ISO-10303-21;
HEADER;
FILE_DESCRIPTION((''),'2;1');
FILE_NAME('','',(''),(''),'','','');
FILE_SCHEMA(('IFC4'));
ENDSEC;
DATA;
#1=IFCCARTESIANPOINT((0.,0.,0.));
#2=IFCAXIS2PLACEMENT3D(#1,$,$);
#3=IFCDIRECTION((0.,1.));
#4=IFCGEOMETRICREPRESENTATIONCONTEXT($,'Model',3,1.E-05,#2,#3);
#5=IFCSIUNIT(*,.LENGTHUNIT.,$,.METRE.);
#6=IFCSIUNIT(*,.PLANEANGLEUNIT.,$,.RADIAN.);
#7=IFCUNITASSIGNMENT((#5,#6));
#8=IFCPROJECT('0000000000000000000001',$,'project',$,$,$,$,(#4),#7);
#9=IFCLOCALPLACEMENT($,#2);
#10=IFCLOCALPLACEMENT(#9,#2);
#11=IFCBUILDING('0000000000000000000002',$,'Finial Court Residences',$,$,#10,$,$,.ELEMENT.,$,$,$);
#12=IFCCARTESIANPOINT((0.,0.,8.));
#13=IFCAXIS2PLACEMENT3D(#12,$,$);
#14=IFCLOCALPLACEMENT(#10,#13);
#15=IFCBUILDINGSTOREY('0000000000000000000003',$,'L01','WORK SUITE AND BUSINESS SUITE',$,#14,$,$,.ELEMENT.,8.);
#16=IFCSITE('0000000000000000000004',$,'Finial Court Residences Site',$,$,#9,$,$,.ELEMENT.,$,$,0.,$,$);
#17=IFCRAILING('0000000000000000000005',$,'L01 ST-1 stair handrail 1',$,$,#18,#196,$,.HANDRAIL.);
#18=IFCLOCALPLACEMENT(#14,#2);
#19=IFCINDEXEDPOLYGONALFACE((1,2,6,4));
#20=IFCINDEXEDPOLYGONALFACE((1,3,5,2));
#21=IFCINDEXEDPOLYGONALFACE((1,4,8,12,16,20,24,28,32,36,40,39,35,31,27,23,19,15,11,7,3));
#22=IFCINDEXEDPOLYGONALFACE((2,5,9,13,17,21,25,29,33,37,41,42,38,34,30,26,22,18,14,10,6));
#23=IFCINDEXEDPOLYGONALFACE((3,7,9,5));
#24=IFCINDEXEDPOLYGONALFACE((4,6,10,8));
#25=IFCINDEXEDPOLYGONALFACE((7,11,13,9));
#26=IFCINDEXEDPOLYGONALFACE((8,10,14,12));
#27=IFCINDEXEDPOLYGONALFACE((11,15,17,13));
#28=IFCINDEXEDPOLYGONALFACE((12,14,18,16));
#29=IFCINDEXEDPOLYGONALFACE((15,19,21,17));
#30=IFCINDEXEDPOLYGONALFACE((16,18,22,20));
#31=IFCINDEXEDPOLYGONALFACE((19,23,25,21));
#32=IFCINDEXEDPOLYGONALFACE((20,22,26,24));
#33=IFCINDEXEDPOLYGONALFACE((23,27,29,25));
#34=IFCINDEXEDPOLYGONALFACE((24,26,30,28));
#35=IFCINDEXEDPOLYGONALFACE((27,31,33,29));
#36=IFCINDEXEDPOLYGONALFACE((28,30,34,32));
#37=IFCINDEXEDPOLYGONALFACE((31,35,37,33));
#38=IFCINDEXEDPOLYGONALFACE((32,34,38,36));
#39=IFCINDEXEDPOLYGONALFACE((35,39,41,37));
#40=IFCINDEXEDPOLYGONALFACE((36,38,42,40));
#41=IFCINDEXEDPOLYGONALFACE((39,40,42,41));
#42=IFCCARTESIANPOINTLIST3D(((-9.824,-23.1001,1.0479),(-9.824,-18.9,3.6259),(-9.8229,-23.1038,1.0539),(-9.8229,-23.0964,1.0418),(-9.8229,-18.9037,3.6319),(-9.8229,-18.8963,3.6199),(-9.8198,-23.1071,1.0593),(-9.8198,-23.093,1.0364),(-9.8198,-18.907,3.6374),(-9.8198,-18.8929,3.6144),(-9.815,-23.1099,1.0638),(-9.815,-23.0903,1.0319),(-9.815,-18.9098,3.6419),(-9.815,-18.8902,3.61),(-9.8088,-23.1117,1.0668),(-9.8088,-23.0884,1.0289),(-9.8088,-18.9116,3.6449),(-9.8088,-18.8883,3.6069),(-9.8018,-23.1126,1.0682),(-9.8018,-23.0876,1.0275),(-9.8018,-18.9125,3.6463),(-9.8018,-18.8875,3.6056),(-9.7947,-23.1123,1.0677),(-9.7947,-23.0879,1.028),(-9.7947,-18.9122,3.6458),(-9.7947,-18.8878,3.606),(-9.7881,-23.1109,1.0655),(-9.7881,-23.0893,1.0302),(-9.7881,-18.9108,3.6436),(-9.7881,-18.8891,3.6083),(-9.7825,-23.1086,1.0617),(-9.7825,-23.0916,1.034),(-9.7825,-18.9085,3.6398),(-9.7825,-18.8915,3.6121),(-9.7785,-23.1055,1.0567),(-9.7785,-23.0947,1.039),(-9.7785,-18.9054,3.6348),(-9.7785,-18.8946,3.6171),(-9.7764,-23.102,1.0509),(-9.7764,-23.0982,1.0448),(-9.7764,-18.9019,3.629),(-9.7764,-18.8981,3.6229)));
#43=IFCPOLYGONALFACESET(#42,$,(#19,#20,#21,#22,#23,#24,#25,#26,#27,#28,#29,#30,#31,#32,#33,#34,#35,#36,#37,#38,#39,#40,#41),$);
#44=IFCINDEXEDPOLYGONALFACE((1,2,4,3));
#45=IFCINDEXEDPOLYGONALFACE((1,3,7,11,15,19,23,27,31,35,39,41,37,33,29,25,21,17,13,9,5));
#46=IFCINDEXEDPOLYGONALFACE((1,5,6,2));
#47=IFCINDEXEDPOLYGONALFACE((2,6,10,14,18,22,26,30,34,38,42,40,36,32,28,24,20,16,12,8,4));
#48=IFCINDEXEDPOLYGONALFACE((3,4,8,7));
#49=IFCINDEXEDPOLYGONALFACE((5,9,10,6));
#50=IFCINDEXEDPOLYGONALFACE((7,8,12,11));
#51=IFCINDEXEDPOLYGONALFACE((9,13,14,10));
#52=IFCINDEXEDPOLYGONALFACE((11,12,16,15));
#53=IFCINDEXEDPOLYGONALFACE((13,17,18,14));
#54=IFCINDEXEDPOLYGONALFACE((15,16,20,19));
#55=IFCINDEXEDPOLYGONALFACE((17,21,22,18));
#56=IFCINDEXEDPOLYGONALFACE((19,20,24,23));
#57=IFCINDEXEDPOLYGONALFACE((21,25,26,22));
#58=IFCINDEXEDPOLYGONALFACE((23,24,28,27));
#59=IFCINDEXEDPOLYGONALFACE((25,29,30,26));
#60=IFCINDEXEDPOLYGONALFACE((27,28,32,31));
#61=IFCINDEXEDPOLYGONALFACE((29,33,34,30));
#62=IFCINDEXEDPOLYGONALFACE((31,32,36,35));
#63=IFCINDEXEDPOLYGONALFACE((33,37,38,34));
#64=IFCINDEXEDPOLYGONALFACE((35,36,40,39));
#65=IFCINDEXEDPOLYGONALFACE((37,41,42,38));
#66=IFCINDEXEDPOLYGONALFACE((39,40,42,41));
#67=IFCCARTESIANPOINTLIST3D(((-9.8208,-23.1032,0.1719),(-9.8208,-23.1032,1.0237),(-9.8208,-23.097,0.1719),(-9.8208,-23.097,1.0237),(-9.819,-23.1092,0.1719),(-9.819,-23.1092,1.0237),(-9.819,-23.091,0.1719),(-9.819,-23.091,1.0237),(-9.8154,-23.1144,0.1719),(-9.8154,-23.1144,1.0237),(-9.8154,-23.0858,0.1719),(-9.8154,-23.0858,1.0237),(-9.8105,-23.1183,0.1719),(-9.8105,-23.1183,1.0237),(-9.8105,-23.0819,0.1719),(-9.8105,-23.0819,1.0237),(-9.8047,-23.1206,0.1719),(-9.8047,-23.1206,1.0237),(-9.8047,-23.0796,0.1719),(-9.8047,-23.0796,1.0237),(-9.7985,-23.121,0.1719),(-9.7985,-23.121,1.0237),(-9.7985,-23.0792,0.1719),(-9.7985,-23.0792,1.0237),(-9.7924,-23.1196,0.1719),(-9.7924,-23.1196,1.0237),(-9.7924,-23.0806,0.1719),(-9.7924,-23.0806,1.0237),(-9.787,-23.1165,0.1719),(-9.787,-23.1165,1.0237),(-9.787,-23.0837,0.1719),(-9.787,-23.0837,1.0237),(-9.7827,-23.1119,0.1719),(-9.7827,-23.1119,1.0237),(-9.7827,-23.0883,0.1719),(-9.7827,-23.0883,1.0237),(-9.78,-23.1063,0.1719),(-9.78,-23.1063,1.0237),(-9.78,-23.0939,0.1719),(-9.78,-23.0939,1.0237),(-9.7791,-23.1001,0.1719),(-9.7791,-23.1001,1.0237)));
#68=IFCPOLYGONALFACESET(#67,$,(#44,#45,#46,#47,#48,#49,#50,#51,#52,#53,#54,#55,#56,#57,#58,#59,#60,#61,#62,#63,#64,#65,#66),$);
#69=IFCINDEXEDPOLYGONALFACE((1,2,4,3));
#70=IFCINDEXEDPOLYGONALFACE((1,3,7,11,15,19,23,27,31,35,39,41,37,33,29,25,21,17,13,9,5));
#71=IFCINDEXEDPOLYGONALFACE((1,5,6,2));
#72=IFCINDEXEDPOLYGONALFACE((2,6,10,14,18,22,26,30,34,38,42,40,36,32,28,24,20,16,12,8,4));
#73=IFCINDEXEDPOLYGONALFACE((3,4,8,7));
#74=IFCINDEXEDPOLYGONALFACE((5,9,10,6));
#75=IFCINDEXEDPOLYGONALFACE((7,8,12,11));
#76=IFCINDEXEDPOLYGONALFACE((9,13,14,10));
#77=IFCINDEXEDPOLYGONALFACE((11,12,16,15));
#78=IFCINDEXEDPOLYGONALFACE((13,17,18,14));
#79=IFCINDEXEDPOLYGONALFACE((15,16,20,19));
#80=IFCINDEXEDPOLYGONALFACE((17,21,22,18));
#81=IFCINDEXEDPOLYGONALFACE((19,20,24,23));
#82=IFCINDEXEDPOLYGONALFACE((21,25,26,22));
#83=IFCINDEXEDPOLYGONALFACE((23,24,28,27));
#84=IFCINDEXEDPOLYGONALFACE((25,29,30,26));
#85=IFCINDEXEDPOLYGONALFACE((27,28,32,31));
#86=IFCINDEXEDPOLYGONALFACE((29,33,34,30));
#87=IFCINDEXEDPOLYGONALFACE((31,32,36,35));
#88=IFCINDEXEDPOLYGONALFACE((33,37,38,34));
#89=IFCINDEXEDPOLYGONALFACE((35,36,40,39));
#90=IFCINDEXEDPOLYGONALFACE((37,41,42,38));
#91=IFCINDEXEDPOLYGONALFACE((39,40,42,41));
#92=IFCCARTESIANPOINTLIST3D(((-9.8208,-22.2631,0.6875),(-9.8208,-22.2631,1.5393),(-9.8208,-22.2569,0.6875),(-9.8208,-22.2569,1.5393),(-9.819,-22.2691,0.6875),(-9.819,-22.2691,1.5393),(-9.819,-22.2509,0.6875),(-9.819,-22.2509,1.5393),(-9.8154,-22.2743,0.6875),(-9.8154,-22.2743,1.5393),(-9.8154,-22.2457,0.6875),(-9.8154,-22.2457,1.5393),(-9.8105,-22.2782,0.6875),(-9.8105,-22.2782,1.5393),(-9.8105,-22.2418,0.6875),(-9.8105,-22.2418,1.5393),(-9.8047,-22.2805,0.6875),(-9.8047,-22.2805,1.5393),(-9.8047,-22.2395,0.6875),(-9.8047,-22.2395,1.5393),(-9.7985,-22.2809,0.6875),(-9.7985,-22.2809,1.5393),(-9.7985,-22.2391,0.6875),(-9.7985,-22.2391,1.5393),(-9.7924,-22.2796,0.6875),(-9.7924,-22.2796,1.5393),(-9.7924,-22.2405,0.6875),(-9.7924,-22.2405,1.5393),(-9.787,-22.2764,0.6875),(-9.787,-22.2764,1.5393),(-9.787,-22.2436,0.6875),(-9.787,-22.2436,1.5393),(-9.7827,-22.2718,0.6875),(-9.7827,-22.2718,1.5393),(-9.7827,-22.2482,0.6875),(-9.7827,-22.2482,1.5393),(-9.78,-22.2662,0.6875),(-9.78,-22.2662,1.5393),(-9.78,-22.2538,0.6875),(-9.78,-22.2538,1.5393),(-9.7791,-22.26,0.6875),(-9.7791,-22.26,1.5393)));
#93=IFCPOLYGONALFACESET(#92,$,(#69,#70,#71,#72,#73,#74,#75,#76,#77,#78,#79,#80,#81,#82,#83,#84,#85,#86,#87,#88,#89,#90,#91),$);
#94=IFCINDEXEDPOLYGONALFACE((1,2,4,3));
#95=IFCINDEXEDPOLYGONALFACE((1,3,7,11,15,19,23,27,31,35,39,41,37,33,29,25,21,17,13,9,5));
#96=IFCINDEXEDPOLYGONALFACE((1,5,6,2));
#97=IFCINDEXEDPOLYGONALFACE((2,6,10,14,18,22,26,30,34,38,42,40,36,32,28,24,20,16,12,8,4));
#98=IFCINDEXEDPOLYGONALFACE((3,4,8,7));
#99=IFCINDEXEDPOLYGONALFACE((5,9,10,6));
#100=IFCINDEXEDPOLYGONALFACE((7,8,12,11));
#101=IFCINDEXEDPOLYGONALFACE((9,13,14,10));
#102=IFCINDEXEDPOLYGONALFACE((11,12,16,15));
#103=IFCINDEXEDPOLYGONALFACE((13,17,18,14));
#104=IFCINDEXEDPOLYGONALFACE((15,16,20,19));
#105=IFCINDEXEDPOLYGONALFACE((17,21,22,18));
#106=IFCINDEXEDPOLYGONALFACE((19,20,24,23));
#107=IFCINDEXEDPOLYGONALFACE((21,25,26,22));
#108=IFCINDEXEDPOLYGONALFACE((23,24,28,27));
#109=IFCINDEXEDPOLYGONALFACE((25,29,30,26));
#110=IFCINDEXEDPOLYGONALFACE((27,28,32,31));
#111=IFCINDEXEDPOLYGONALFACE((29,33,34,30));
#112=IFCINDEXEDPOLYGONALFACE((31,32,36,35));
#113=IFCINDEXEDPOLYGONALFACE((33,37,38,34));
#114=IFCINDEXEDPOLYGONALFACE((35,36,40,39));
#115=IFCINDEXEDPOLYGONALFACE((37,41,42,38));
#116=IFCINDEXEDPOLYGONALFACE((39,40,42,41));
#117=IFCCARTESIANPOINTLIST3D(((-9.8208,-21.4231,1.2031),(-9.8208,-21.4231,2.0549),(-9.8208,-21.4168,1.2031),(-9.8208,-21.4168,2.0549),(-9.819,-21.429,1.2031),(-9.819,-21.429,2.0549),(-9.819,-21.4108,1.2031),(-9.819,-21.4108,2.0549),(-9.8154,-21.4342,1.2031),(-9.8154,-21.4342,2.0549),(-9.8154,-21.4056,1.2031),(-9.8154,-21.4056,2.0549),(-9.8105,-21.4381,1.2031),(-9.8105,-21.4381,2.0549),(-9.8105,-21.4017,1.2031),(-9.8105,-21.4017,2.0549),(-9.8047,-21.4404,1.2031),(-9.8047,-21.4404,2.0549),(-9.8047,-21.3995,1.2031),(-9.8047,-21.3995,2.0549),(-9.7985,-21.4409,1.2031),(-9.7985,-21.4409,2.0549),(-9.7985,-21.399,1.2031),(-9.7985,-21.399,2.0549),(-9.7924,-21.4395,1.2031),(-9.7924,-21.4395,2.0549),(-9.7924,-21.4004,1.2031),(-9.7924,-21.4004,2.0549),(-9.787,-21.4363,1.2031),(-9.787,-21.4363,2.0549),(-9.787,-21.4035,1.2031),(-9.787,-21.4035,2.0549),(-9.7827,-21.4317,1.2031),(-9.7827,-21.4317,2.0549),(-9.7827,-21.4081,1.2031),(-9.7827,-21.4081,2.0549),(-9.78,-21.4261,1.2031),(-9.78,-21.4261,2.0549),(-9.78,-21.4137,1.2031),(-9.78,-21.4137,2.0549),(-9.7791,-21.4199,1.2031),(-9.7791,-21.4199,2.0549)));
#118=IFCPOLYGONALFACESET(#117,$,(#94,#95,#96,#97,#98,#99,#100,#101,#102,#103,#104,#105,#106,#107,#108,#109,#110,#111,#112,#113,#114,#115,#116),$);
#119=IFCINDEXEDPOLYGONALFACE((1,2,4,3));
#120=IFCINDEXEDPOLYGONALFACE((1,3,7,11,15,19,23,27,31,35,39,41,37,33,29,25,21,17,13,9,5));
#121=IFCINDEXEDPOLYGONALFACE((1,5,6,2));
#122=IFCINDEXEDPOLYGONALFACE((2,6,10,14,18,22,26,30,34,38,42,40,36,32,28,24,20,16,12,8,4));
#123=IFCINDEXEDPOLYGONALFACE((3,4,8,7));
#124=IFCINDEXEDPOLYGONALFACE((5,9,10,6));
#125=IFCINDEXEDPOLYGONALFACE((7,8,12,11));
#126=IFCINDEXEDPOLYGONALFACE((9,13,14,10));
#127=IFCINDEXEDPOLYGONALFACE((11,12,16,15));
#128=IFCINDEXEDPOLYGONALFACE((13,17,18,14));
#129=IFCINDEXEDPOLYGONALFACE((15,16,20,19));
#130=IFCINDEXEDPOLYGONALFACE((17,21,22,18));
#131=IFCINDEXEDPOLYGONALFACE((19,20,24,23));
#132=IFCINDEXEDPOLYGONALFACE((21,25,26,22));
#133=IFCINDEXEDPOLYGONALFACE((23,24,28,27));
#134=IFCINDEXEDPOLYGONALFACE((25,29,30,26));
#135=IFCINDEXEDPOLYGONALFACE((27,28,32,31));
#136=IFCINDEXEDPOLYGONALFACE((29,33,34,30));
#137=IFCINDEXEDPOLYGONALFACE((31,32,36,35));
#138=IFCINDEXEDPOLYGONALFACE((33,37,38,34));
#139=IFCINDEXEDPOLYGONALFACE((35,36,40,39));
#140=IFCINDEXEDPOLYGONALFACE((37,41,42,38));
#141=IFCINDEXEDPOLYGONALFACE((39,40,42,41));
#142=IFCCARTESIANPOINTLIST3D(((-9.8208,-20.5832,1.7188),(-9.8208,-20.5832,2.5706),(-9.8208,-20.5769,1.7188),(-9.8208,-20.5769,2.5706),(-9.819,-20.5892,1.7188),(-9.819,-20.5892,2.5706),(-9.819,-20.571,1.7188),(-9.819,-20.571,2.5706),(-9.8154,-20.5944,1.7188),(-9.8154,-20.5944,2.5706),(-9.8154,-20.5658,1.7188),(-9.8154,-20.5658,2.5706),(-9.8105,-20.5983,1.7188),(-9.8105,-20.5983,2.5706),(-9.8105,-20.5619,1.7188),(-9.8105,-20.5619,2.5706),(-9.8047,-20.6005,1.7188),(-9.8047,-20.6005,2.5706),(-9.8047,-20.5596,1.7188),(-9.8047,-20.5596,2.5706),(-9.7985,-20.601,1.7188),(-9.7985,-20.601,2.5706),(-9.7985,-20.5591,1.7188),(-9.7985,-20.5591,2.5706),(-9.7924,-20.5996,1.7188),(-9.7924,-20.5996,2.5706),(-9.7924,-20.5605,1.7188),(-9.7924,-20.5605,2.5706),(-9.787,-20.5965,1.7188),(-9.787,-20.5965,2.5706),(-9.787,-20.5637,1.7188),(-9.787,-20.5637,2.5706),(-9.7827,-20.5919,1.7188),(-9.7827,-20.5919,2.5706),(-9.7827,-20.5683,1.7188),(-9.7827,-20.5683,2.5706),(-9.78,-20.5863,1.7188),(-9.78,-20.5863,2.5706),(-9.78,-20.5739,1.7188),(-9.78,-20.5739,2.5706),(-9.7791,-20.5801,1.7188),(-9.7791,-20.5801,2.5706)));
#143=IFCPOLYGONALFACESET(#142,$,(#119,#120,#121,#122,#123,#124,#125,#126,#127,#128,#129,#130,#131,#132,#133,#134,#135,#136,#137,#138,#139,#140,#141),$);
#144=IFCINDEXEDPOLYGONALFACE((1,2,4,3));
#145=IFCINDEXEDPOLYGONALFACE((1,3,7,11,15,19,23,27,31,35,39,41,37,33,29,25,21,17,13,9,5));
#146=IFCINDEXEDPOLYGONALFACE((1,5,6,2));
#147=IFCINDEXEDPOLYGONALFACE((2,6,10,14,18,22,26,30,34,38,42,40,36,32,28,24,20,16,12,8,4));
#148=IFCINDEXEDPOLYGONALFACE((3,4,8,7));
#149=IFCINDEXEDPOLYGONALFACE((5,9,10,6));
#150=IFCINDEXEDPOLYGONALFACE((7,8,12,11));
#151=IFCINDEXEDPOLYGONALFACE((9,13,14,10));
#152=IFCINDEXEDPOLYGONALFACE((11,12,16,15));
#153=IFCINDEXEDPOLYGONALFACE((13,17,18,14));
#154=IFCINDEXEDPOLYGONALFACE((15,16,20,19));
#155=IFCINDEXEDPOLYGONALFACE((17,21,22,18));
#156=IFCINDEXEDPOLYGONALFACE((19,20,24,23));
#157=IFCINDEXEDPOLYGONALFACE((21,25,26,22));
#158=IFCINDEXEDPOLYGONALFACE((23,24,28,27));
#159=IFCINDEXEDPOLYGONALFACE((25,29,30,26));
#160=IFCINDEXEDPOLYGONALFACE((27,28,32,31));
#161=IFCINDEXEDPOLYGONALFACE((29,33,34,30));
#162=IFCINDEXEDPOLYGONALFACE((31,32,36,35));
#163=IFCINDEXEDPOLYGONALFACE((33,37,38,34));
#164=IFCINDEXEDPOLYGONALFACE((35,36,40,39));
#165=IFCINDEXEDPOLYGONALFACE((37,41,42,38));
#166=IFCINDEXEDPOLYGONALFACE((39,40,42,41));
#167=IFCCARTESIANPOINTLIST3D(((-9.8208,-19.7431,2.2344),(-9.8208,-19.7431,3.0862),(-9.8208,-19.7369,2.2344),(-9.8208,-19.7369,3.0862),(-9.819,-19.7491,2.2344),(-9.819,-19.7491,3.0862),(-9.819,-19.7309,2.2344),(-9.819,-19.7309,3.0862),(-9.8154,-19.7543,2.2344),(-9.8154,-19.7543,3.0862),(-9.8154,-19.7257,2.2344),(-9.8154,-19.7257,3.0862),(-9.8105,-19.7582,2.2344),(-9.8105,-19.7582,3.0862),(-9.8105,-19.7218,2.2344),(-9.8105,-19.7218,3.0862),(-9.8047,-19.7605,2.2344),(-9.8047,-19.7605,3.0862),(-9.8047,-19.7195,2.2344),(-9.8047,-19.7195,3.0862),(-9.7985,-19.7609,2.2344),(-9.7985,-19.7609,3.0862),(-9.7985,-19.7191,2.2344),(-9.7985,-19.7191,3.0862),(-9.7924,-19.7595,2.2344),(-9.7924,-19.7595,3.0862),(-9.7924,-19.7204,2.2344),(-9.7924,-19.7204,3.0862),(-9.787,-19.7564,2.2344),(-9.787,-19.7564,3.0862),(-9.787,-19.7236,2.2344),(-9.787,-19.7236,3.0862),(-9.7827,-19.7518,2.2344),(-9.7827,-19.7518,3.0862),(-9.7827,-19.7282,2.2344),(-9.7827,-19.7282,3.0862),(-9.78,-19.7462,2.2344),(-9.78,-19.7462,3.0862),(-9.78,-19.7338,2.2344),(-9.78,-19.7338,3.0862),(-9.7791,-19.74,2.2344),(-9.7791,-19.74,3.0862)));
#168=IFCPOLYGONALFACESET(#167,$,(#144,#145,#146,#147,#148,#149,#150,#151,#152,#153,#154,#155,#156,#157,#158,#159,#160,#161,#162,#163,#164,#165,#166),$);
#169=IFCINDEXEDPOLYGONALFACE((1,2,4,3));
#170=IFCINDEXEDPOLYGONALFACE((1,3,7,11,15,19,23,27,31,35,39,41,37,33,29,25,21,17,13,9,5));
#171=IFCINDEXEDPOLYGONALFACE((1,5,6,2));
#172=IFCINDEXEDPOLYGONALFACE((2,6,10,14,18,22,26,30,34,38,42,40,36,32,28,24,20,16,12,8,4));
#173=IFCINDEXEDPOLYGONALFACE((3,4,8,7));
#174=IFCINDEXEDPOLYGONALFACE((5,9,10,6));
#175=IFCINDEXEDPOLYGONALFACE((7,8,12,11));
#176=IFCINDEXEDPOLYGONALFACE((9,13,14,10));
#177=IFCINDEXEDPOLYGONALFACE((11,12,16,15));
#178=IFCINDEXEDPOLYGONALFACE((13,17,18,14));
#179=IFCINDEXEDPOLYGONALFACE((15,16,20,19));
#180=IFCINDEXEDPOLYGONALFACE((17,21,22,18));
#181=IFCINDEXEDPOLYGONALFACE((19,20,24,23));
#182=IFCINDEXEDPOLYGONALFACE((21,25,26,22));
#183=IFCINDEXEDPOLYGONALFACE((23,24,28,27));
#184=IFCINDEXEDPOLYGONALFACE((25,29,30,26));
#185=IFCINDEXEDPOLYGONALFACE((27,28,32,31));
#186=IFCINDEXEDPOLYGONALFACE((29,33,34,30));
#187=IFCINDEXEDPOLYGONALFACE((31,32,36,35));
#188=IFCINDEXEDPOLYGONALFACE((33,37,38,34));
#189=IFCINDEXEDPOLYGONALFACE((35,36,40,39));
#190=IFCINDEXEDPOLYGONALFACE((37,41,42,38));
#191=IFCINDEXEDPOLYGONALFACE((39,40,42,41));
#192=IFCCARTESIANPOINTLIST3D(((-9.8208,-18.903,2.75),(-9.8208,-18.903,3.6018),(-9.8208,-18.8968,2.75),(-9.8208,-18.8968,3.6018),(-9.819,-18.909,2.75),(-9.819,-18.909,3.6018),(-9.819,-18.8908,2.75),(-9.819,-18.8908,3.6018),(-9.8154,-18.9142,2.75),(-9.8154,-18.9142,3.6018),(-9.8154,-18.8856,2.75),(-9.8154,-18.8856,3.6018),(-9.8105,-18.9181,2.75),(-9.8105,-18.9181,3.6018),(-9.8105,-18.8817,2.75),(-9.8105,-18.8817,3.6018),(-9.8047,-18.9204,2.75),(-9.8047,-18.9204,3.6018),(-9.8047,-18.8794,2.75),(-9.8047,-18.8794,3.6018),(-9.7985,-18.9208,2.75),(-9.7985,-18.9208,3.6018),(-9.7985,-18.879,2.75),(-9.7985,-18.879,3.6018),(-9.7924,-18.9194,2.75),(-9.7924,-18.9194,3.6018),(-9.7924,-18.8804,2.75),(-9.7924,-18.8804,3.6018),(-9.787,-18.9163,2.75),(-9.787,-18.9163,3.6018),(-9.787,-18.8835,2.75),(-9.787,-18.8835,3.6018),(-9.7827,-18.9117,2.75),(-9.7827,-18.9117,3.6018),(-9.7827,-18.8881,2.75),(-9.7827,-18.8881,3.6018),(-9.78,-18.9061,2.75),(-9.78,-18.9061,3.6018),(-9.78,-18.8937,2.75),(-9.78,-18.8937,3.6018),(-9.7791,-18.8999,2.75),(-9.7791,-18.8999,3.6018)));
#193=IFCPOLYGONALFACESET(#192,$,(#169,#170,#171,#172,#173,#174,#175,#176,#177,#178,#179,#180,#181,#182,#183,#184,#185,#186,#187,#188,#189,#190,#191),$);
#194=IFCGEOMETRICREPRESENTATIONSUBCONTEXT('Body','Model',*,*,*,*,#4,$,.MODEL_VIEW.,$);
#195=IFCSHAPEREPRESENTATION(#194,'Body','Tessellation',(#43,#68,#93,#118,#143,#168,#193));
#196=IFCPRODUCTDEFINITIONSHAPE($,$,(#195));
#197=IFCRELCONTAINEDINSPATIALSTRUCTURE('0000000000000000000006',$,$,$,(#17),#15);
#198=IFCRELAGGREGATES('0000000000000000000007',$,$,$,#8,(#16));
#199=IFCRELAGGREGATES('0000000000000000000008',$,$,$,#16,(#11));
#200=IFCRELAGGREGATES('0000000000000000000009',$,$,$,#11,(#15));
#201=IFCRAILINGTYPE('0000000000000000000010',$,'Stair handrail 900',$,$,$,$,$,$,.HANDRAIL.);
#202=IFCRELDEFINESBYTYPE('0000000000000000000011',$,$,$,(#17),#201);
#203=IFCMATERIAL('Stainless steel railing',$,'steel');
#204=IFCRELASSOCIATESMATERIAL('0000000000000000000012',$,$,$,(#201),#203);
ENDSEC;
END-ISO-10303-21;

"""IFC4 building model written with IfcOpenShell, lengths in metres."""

from ifc_helpers import new_model, si_unit, direction, frame, origin, origin_2d, place, context, subcontext, project, spatial, circle, extrude, material, type_object, element, save


model = new_model("IFC4")

# Units and contexts
model_context = context("Model", 3, precision=1e-05, world=origin(), true_north=direction((0.0, 1.0)))
body_context = subcontext(model_context, "Body", "Model", "MODEL_VIEW")
ifc_project = project(units=[si_unit("LENGTHUNIT", "METRE"), si_unit("PLANEANGLEUNIT", "RADIAN")], contexts=[model_context])

# Site, building, storey
site_placement = place(None, origin())
site = spatial("IfcSite", under=ifc_project, at=site_placement, Name="Finial Court Residences Site", CompositionType="ELEMENT", RefElevation=0.0)
building_placement = place(site_placement, origin())
building = spatial("IfcBuilding", under=site, at=building_placement, Name="Finial Court Residences", CompositionType="ELEMENT")
storey_placement = place(building_placement, frame((0.0, 0.0, 8.0)))
storey = spatial("IfcBuildingStorey", under=building, at=storey_placement, Name="L01", Description="WORK SUITE AND BUSINESS SUITE", CompositionType="ELEMENT", Elevation=8.0)

# Railing
ifc_material_1 = material(Name="Stainless steel railing", Category="steel")
railing_type_1 = type_object("IfcRailingType", Name="Stair handrail 900", PredefinedType="HANDRAIL", material=ifc_material_1)
railing_1_placement = place(storey_placement, frame((-9.8, -23.1001, 0.1719)))
element("IfcRailing", 1, at=railing_1_placement, inside=storey, type_object=railing_type_1, Name="L01 ST-1 stair handrail 1", PredefinedType="HANDRAIL", context=body_context, shape_type="SweptSolid", body=[
    extrude(circle(Radius=0.0239, at=origin_2d()), frame((0.0, 0.0, 0.876), z_axis=(0.0, 0.852256, 0.523124), x_axis=(-1.0, 0.0, 0.0)), (0.0, 0.0, 1.0), 4.9282),
    extrude(circle(Radius=0.021, at=origin_2d()), origin(), (0.0, 0.0, 1.0), 0.8518),
    extrude(circle(Radius=0.021, at=origin_2d()), frame((0.0, 0.8401, 0.5156)), (0.0, 0.0, 1.0), 0.8518),
    extrude(circle(Radius=0.021, at=origin_2d()), frame((0.0, 1.6802, 1.0312)), (0.0, 0.0, 1.0), 0.8518),
    extrude(circle(Radius=0.021, at=origin_2d()), frame((0.0, 2.52, 1.5469)), (0.0, 0.0, 1.0), 0.8518),
    extrude(circle(Radius=0.021, at=origin_2d()), frame((0.0, 3.3601, 2.0625)), (0.0, 0.0, 1.0), 0.8518),
    extrude(circle(Radius=0.021, at=origin_2d()), frame((0.0, 4.2002, 2.5781)), (0.0, 0.0, 1.0), 0.8518),
])

save(model, "model.ifc")
